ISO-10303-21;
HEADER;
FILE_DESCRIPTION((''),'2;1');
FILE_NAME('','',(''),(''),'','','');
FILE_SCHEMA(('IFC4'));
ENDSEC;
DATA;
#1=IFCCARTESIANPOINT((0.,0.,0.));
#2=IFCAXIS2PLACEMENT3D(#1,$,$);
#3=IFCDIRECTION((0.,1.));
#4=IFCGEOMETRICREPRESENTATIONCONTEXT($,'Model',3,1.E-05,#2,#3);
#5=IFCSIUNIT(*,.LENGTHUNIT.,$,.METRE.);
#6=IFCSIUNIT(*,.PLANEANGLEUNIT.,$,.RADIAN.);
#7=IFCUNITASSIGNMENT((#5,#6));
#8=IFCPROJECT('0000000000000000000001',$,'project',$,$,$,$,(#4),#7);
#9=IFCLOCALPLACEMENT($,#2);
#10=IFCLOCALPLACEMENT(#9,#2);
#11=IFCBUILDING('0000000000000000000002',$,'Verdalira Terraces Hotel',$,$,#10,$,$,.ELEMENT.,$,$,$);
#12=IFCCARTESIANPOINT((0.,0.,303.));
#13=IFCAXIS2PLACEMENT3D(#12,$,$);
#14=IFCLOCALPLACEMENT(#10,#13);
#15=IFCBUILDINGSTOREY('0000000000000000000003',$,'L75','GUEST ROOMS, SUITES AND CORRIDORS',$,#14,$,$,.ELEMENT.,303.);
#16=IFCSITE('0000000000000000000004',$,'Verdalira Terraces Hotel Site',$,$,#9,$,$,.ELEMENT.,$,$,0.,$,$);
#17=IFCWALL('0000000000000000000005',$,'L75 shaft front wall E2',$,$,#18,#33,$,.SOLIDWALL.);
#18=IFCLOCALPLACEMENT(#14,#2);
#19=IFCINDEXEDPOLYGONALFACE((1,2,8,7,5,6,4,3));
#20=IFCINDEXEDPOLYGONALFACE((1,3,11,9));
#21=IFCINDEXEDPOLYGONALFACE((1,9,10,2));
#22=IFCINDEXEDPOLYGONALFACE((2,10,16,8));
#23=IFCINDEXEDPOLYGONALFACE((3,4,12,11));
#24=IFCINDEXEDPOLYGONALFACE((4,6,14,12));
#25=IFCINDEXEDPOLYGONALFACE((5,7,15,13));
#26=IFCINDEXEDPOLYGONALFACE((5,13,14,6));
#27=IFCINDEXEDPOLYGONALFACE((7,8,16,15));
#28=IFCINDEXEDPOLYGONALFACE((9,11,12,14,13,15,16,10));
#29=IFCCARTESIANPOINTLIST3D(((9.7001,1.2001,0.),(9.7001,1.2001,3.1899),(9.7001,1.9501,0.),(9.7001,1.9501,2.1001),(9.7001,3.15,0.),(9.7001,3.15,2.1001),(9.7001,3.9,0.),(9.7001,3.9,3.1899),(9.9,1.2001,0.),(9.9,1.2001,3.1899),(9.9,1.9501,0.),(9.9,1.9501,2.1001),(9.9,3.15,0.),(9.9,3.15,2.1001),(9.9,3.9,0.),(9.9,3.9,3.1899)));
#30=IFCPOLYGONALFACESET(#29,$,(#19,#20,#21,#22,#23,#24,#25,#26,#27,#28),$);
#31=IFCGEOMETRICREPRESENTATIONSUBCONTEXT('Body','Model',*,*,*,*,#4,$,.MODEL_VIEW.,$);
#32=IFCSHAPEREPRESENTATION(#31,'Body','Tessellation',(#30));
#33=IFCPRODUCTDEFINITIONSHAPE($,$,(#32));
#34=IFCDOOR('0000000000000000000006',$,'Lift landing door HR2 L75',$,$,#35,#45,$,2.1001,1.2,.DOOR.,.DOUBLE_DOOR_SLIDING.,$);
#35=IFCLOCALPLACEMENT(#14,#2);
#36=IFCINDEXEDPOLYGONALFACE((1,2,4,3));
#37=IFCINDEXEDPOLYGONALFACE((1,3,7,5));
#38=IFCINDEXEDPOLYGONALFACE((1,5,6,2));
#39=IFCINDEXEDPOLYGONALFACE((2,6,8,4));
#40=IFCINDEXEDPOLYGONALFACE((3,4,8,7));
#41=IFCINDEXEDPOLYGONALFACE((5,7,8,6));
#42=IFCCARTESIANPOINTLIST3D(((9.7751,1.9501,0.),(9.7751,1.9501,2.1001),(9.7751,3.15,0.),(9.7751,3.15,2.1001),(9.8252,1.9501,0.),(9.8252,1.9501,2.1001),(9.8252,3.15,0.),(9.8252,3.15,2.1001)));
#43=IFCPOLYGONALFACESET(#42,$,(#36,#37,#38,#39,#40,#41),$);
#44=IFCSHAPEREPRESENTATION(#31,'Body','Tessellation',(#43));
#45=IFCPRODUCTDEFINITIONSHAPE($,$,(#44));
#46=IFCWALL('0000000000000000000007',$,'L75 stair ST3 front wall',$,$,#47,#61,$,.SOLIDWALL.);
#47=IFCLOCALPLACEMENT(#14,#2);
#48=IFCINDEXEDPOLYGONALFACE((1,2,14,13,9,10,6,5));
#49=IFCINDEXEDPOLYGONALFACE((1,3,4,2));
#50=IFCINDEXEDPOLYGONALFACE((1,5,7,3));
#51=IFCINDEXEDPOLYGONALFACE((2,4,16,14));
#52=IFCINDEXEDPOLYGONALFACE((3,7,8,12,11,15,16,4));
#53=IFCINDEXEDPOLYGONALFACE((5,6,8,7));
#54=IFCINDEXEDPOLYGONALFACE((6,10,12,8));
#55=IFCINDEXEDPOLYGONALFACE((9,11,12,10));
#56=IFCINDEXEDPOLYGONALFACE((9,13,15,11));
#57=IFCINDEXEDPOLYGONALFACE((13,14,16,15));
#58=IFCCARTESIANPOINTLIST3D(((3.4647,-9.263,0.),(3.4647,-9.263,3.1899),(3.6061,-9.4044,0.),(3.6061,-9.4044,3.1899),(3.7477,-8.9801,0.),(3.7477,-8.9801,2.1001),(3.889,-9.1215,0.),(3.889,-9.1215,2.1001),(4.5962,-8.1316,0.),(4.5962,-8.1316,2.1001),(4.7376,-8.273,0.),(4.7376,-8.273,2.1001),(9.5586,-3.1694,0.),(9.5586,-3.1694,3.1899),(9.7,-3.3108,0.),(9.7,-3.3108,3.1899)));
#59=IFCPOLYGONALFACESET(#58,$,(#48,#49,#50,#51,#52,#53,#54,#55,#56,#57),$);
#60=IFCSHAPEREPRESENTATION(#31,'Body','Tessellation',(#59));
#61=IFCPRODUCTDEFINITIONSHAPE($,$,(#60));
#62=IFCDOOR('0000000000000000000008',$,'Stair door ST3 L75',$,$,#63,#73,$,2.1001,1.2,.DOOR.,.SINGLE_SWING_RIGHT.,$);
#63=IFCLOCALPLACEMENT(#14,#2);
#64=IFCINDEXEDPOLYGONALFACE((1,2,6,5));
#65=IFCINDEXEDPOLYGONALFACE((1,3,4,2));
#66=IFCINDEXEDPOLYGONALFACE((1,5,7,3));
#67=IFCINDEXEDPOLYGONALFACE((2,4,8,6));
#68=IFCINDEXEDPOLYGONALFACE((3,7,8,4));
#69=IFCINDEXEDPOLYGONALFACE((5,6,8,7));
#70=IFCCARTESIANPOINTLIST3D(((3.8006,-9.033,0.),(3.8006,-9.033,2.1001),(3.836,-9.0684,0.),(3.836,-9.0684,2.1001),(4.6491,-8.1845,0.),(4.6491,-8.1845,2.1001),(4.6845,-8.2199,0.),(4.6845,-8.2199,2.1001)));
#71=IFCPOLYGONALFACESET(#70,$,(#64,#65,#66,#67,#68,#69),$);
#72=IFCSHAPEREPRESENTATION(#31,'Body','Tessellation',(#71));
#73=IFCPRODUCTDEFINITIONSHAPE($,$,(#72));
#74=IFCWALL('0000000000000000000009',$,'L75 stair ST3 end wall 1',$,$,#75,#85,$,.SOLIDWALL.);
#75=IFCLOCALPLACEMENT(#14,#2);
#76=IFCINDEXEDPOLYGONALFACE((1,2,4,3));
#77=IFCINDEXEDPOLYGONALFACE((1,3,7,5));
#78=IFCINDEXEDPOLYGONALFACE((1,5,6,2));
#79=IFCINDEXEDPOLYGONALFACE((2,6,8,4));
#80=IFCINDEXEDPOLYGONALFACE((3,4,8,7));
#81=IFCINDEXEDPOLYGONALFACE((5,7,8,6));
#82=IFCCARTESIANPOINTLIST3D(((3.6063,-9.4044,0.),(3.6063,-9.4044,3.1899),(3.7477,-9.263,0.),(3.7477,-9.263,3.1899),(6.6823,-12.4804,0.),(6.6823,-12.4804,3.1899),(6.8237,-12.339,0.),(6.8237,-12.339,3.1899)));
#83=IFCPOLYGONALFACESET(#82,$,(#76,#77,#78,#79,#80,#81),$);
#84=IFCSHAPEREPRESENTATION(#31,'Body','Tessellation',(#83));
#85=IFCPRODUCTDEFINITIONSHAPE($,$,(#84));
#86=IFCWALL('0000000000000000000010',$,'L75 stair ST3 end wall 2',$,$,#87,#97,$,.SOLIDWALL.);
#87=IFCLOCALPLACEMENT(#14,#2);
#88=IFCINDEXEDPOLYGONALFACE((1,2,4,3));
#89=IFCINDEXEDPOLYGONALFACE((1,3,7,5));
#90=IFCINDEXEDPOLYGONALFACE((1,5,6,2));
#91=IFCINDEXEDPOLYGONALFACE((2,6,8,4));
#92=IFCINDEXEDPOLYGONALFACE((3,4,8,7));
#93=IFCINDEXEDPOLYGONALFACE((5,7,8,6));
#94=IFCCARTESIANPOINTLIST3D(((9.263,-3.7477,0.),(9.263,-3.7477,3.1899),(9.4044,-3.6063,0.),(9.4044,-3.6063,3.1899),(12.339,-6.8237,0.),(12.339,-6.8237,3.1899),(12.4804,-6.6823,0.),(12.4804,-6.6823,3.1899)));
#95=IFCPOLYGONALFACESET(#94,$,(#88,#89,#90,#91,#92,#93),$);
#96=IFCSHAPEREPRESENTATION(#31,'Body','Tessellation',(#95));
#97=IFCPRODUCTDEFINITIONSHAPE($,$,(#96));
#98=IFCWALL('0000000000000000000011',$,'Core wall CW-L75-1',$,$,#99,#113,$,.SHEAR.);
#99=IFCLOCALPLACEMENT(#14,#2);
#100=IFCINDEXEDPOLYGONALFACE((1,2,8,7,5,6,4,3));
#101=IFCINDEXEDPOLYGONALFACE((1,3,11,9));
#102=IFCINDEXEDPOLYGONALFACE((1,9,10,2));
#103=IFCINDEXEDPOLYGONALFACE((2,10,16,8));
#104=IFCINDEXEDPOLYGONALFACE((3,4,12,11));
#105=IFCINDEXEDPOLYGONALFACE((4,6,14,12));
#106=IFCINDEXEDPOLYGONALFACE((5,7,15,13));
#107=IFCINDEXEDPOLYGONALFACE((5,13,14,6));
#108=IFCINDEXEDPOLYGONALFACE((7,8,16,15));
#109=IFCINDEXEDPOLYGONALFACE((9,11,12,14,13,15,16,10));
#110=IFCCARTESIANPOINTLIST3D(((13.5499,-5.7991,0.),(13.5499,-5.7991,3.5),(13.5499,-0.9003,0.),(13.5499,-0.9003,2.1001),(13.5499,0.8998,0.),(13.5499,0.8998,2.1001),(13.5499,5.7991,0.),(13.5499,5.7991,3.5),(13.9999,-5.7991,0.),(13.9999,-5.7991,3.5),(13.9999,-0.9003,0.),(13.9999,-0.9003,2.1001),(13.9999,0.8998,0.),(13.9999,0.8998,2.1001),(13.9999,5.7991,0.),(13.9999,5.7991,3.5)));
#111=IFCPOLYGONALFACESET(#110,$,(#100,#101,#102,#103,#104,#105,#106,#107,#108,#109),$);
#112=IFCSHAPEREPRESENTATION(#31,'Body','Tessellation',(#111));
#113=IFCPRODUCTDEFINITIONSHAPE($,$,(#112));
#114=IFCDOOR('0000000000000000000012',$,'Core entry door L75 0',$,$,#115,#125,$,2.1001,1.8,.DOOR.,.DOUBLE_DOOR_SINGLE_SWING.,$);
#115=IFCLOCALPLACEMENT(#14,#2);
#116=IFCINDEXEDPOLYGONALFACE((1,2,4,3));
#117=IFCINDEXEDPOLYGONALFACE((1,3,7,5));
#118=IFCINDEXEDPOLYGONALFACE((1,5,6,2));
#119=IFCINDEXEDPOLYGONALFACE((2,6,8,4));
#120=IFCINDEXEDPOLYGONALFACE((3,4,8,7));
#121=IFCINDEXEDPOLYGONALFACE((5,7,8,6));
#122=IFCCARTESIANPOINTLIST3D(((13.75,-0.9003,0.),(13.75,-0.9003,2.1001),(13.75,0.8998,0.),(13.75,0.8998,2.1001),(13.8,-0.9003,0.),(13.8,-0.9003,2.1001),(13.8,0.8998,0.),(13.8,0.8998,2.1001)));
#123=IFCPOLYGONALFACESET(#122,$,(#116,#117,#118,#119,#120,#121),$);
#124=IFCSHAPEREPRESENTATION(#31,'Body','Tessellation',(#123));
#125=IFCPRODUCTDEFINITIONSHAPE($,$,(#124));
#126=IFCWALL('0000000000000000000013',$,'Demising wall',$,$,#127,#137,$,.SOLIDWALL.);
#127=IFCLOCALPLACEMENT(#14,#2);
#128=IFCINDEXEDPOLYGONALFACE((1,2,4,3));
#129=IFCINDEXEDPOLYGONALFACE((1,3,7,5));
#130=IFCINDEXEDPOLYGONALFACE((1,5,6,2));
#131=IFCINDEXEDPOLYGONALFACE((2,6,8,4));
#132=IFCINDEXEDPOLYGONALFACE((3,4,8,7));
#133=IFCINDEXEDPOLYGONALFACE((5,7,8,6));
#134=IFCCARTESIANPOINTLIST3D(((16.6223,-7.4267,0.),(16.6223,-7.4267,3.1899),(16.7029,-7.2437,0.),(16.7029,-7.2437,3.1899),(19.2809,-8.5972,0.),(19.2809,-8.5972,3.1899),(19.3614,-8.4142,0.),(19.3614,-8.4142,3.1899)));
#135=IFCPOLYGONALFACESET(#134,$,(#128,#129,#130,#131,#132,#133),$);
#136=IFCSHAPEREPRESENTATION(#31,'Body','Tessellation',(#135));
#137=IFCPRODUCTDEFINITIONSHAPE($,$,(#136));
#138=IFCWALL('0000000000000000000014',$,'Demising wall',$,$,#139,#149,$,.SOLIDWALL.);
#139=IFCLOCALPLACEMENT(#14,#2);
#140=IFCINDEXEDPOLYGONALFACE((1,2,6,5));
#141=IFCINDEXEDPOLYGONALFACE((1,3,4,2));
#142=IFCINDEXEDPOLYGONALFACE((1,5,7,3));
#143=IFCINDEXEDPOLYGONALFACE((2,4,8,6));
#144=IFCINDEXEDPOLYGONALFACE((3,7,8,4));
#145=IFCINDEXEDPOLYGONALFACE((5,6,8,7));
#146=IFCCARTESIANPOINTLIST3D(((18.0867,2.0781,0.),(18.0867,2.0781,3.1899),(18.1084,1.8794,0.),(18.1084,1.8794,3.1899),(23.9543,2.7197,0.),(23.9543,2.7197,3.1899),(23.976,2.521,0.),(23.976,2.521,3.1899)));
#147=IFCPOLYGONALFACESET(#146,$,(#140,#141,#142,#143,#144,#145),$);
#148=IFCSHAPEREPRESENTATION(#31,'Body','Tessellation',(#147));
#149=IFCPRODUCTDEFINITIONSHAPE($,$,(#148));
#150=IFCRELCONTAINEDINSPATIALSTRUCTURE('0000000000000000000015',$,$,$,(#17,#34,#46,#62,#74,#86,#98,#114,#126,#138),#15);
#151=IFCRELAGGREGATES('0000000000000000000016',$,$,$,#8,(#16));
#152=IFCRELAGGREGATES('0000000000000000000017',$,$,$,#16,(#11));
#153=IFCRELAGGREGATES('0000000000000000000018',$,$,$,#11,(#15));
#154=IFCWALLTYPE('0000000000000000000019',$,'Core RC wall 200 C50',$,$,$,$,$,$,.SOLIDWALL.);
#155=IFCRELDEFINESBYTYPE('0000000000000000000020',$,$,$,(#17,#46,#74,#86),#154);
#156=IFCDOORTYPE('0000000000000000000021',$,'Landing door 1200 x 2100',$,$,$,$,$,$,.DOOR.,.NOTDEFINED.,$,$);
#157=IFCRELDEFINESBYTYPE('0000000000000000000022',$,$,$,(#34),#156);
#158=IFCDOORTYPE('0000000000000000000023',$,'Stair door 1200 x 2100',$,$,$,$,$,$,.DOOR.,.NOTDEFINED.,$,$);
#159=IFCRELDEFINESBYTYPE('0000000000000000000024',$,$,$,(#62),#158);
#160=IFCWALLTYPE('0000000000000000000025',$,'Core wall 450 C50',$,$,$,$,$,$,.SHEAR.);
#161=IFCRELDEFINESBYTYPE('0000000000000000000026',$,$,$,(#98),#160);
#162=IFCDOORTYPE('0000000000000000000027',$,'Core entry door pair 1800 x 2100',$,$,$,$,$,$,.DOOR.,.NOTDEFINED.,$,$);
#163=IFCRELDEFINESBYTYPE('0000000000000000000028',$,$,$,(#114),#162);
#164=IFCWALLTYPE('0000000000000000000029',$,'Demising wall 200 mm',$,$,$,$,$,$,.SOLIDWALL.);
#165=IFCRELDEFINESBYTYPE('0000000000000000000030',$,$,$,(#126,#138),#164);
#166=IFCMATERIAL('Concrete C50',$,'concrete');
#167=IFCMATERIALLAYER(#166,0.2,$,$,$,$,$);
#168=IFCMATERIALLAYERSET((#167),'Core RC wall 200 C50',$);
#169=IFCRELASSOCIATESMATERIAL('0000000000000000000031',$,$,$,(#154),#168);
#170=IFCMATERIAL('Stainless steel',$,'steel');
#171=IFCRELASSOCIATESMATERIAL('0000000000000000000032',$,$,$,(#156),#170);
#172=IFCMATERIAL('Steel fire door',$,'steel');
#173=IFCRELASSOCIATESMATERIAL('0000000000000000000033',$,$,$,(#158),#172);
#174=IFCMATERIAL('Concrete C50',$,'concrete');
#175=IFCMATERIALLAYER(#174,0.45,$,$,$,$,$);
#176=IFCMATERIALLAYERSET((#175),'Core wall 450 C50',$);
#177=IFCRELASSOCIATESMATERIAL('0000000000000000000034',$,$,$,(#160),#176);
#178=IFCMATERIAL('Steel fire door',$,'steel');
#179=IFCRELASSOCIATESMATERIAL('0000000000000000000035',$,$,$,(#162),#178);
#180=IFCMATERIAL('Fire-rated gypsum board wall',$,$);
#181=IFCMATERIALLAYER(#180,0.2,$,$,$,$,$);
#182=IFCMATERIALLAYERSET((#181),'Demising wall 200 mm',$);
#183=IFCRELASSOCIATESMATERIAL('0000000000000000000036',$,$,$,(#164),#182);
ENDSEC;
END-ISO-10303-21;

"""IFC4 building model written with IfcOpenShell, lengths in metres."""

from ifc_helpers import new_model, si_unit, direction, frame, frame_2d, origin, place, context, subcontext, project, spatial, rectangle, extrude, material, layer, layer_set, type_object, element, fill, save


model = new_model("IFC4")

# Units and contexts
model_context = context("Model", 3, precision=1e-05, world=origin(), true_north=direction((0.0, 1.0)))
body_context = subcontext(model_context, "Body", "Model", "MODEL_VIEW")
ifc_project = project(units=[si_unit("LENGTHUNIT", "METRE"), si_unit("PLANEANGLEUNIT", "RADIAN")], contexts=[model_context])

# Site, building, storey
site_placement = place(None, origin())
site = spatial("IfcSite", under=ifc_project, at=site_placement, Name="Verdalira Terraces Hotel Site", CompositionType="ELEMENT", RefElevation=0.0)
building_placement = place(site_placement, origin())
building = spatial("IfcBuilding", under=site, at=building_placement, Name="Verdalira Terraces Hotel", CompositionType="ELEMENT")
storey_placement = place(building_placement, frame((0.0, 0.0, 303.0)))
storey = spatial("IfcBuildingStorey", under=building, at=storey_placement, Name="L75", Description="GUEST ROOMS, SUITES AND CORRIDORS", CompositionType="ELEMENT", Elevation=303.0)

# Walls, openings, doors
ifc_material_1 = material(Name="Concrete C50", Category="concrete")
ifc_layer_1 = layer(ifc_material_1, 0.2)
ifc_layer_set_1 = layer_set([ifc_layer_1], Name="Core RC wall 200 C50")
wall_type_1 = type_object("IfcWallType", Name="Core RC wall 200 C50", PredefinedType="SOLIDWALL", material=ifc_layer_set_1)
ifc_material_2 = material(Name="Stainless steel", Category="steel")
door_type_1 = type_object("IfcDoorType", Name="Landing door 1200 x 2100", OperationType="NOTDEFINED", PredefinedType="DOOR", material=ifc_material_2)
wall_1_placement = place(storey_placement, frame((9.8, 1.2, 0.0), z_axis=(0.0, 0.0, 1.0), x_axis=(0.0, 1.0, 0.0)))
wall_1 = element("IfcWall", 1, at=wall_1_placement, inside=storey, type_object=wall_type_1, Name="L75 shaft front wall E2", PredefinedType="SOLIDWALL", context=body_context, shape_type="SweptSolid", body=[
    extrude(rectangle(XDim=2.7, YDim=0.2, at=frame_2d((1.3501, 0.0))), origin(), (0.0, 0.0, 1.0), 3.1899),
])
opening_1_placement = place(wall_1_placement, frame((0.75, 0.0, 0.0)))
opening_1 = element("IfcOpeningElement", 2, at=opening_1_placement, cuts=wall_1, PredefinedType="OPENING", context=body_context, shape_type="SweptSolid", body=[
    extrude(rectangle(XDim=1.2, YDim=2.1001, at=frame_2d((0.6001, 1.05))), frame((0.0, 0.1099, 0.0), z_axis=(0.0, -1.0, 0.0), x_axis=(1.0, 0.0, 0.0)), (0.0, 0.0, 1.0), 0.22),
])
door_1_placement = place(opening_1_placement, origin())
door_1 = element("IfcDoor", 3, at=door_1_placement, inside=storey, type_object=door_type_1, Name="Lift landing door HR2 L75", OperationType="DOUBLE_DOOR_SLIDING", OverallHeight=2.1001, OverallWidth=1.2, PredefinedType="DOOR", context=body_context, shape_type="SweptSolid", body=[
    extrude(rectangle(XDim=1.2, YDim=2.1001, at=frame_2d((0.6001, 1.05))), frame((0.0, 0.0249, 0.0), z_axis=(0.0, -1.0, 0.0), x_axis=(1.0, 0.0, 0.0)), (0.0, 0.0, 1.0), 0.05),
])
fill(opening_1, door_1)
wall_2_placement = place(storey_placement, frame((9.6294, -3.24, 0.0), z_axis=(0.0, 0.0, 1.0), x_axis=(-0.707121, -0.707093, 0.0)))
wall_2 = element("IfcWall", 4, at=wall_2_placement, inside=storey, type_object=wall_type_1, Name="L75 stair ST3 front wall", PredefinedType="SOLIDWALL", context=body_context, shape_type="SweptSolid", body=[
    extrude(rectangle(XDim=8.6179, YDim=0.2, at=frame_2d((4.3091, 0.0))), origin(), (0.0, 0.0, 1.0), 3.1899),
])
opening_2_placement = place(wall_2_placement, frame((7.0178, 0.0, 0.0)))
opening_2 = element("IfcOpeningElement", 5, at=opening_2_placement, cuts=wall_2, PredefinedType="OPENING", context=body_context, shape_type="SweptSolid", body=[
    extrude(rectangle(XDim=1.2, YDim=2.1001, at=frame_2d((0.6001, 1.05))), frame((0.0, 0.1099, 0.0), z_axis=(0.0, -1.0, 0.0), x_axis=(1.0, 0.0, 0.0)), (0.0, 0.0, 1.0), 0.22),
])
ifc_material_3 = material(Name="Steel fire door", Category="steel")
door_type_2 = type_object("IfcDoorType", Name="Stair door 1200 x 2100", OperationType="NOTDEFINED", PredefinedType="DOOR", material=ifc_material_3)
door_2_placement = place(opening_2_placement, origin())
door_2 = element("IfcDoor", 6, at=door_2_placement, inside=storey, type_object=door_type_2, Name="Stair door ST3 L75", OperationType="SINGLE_SWING_RIGHT", OverallHeight=2.1001, OverallWidth=1.2, PredefinedType="DOOR", context=body_context, shape_type="SweptSolid", body=[
    extrude(rectangle(XDim=1.2, YDim=2.1001, at=frame_2d((0.6001, 1.05))), frame((0.0, 0.0249, 0.0), z_axis=(0.0, -1.0, 0.0), x_axis=(1.0, 0.0, 0.0)), (0.0, 0.0, 1.0), 0.05),
])
fill(opening_2, door_2)

# Walls
for number, where, z_axis, x_axis, name in (
    (7, (3.677, -9.3337, 0.0), (0.0, 0.0, 1.0), (0.707107, -0.707107, 0.0), "L75 stair ST3 end wall 1"),
    (8, (9.3337, -3.677, 0.0), (0.0, 0.0, 1.0), (0.707107, -0.707107, 0.0), "L75 stair ST3 end wall 2"),
):
    element("IfcWall", number, at=place(storey_placement, frame(where, z_axis=z_axis, x_axis=x_axis)), inside=storey, type_object=wall_type_1, Name=name, PredefinedType="SOLIDWALL", context=body_context, shape_type="SweptSolid", body=[
        extrude(rectangle(XDim=4.3501, YDim=0.2, at=frame_2d((2.175, 0.0))), origin(), (0.0, 0.0, 1.0), 3.1899),
    ])

# Wall, opening, door
ifc_material_4 = material(Name="Concrete C50", Category="concrete")
ifc_layer_2 = layer(ifc_material_4, 0.45)
ifc_layer_set_2 = layer_set([ifc_layer_2], Name="Core wall 450 C50")
wall_type_2 = type_object("IfcWallType", Name="Core wall 450 C50", PredefinedType="SHEAR", material=ifc_layer_set_2)
wall_3_placement = place(storey_placement, frame((13.7749, -5.7991, 0.0), z_axis=(0.0, 0.0, 1.0), x_axis=(0.0, 1.0, 0.0)))
wall_3 = element("IfcWall", 9, at=wall_3_placement, inside=storey, type_object=wall_type_2, Name="Core wall CW-L75-1", PredefinedType="SHEAR", context=body_context, shape_type="SweptSolid", body=[
    extrude(rectangle(XDim=11.5981, YDim=0.45, at=frame_2d((5.7991, 0.0))), origin(), (0.0, 0.0, 1.0), 3.5),
])
opening_3_placement = place(wall_3_placement, frame((4.8989, 0.0, 0.0)))
opening_3 = element("IfcOpeningElement", 10, at=opening_3_placement, cuts=wall_3, PredefinedType="OPENING", context=body_context, shape_type="SweptSolid", body=[
    extrude(rectangle(XDim=1.8, YDim=2.1001, at=frame_2d((0.8999, 1.05))), frame((0.0, 0.2349, 0.0), z_axis=(0.0, -1.0, 0.0), x_axis=(1.0, 0.0, 0.0)), (0.0, 0.0, 1.0), 0.47),
])
ifc_material_5 = material(Name="Steel fire door", Category="steel")
door_type_3 = type_object("IfcDoorType", Name="Core entry door pair 1800 x 2100", OperationType="NOTDEFINED", PredefinedType="DOOR", material=ifc_material_5)
door_3_placement = place(opening_3_placement, origin())
door_3 = element("IfcDoor", 11, at=door_3_placement, inside=storey, type_object=door_type_3, Name="Core entry door L75 0", OperationType="DOUBLE_DOOR_SINGLE_SWING", OverallHeight=2.1001, OverallWidth=1.8, PredefinedType="DOOR", context=body_context, shape_type="SweptSolid", body=[
    extrude(rectangle(XDim=1.8, YDim=2.1001, at=frame_2d((0.8999, 1.05))), frame((0.0, 0.0249, 0.0), z_axis=(0.0, -1.0, 0.0), x_axis=(1.0, 0.0, 0.0)), (0.0, 0.0, 1.0), 0.05),
])
fill(opening_3, door_3)

# Walls
ifc_material_6 = material(Name="Fire-rated gypsum board wall")
ifc_layer_3 = layer(ifc_material_6, 0.2)
ifc_layer_set_3 = layer_set([ifc_layer_3], Name="Demising wall 200 mm")
wall_type_3 = type_object("IfcWallType", Name="Demising wall 200 mm", PredefinedType="SOLIDWALL", material=ifc_layer_set_3)
wall_4_placement = place(storey_placement, frame((16.6626, -7.3352, 0.0), z_axis=(0.0, 0.0, 1.0), x_axis=(0.915227, -0.402939, 0.0)))
element("IfcWall", 12, at=wall_4_placement, inside=storey, type_object=wall_type_3, Name="Demising wall", PredefinedType="SOLIDWALL", context=body_context, shape_type="SweptSolid", body=[
    extrude(rectangle(XDim=2.9048, YDim=0.2, at=frame_2d((1.4524, 0.0))), origin(), (0.0, 0.0, 1.0), 3.1899),
])
wall_5_placement = place(storey_placement, frame((18.0977, 1.9788, 0.0), z_axis=(0.0, 0.0, 1.0), x_axis=(0.994075, 0.108697, 0.0)))
element("IfcWall", 13, at=wall_5_placement, inside=storey, type_object=wall_type_3, Name="Demising wall", PredefinedType="SOLIDWALL", context=body_context, shape_type="SweptSolid", body=[
    extrude(rectangle(XDim=5.9026, YDim=0.2, at=frame_2d((2.9512, 0.0))), origin(), (0.0, 0.0, 1.0), 3.1899),
])

save(model, "model.ifc")
